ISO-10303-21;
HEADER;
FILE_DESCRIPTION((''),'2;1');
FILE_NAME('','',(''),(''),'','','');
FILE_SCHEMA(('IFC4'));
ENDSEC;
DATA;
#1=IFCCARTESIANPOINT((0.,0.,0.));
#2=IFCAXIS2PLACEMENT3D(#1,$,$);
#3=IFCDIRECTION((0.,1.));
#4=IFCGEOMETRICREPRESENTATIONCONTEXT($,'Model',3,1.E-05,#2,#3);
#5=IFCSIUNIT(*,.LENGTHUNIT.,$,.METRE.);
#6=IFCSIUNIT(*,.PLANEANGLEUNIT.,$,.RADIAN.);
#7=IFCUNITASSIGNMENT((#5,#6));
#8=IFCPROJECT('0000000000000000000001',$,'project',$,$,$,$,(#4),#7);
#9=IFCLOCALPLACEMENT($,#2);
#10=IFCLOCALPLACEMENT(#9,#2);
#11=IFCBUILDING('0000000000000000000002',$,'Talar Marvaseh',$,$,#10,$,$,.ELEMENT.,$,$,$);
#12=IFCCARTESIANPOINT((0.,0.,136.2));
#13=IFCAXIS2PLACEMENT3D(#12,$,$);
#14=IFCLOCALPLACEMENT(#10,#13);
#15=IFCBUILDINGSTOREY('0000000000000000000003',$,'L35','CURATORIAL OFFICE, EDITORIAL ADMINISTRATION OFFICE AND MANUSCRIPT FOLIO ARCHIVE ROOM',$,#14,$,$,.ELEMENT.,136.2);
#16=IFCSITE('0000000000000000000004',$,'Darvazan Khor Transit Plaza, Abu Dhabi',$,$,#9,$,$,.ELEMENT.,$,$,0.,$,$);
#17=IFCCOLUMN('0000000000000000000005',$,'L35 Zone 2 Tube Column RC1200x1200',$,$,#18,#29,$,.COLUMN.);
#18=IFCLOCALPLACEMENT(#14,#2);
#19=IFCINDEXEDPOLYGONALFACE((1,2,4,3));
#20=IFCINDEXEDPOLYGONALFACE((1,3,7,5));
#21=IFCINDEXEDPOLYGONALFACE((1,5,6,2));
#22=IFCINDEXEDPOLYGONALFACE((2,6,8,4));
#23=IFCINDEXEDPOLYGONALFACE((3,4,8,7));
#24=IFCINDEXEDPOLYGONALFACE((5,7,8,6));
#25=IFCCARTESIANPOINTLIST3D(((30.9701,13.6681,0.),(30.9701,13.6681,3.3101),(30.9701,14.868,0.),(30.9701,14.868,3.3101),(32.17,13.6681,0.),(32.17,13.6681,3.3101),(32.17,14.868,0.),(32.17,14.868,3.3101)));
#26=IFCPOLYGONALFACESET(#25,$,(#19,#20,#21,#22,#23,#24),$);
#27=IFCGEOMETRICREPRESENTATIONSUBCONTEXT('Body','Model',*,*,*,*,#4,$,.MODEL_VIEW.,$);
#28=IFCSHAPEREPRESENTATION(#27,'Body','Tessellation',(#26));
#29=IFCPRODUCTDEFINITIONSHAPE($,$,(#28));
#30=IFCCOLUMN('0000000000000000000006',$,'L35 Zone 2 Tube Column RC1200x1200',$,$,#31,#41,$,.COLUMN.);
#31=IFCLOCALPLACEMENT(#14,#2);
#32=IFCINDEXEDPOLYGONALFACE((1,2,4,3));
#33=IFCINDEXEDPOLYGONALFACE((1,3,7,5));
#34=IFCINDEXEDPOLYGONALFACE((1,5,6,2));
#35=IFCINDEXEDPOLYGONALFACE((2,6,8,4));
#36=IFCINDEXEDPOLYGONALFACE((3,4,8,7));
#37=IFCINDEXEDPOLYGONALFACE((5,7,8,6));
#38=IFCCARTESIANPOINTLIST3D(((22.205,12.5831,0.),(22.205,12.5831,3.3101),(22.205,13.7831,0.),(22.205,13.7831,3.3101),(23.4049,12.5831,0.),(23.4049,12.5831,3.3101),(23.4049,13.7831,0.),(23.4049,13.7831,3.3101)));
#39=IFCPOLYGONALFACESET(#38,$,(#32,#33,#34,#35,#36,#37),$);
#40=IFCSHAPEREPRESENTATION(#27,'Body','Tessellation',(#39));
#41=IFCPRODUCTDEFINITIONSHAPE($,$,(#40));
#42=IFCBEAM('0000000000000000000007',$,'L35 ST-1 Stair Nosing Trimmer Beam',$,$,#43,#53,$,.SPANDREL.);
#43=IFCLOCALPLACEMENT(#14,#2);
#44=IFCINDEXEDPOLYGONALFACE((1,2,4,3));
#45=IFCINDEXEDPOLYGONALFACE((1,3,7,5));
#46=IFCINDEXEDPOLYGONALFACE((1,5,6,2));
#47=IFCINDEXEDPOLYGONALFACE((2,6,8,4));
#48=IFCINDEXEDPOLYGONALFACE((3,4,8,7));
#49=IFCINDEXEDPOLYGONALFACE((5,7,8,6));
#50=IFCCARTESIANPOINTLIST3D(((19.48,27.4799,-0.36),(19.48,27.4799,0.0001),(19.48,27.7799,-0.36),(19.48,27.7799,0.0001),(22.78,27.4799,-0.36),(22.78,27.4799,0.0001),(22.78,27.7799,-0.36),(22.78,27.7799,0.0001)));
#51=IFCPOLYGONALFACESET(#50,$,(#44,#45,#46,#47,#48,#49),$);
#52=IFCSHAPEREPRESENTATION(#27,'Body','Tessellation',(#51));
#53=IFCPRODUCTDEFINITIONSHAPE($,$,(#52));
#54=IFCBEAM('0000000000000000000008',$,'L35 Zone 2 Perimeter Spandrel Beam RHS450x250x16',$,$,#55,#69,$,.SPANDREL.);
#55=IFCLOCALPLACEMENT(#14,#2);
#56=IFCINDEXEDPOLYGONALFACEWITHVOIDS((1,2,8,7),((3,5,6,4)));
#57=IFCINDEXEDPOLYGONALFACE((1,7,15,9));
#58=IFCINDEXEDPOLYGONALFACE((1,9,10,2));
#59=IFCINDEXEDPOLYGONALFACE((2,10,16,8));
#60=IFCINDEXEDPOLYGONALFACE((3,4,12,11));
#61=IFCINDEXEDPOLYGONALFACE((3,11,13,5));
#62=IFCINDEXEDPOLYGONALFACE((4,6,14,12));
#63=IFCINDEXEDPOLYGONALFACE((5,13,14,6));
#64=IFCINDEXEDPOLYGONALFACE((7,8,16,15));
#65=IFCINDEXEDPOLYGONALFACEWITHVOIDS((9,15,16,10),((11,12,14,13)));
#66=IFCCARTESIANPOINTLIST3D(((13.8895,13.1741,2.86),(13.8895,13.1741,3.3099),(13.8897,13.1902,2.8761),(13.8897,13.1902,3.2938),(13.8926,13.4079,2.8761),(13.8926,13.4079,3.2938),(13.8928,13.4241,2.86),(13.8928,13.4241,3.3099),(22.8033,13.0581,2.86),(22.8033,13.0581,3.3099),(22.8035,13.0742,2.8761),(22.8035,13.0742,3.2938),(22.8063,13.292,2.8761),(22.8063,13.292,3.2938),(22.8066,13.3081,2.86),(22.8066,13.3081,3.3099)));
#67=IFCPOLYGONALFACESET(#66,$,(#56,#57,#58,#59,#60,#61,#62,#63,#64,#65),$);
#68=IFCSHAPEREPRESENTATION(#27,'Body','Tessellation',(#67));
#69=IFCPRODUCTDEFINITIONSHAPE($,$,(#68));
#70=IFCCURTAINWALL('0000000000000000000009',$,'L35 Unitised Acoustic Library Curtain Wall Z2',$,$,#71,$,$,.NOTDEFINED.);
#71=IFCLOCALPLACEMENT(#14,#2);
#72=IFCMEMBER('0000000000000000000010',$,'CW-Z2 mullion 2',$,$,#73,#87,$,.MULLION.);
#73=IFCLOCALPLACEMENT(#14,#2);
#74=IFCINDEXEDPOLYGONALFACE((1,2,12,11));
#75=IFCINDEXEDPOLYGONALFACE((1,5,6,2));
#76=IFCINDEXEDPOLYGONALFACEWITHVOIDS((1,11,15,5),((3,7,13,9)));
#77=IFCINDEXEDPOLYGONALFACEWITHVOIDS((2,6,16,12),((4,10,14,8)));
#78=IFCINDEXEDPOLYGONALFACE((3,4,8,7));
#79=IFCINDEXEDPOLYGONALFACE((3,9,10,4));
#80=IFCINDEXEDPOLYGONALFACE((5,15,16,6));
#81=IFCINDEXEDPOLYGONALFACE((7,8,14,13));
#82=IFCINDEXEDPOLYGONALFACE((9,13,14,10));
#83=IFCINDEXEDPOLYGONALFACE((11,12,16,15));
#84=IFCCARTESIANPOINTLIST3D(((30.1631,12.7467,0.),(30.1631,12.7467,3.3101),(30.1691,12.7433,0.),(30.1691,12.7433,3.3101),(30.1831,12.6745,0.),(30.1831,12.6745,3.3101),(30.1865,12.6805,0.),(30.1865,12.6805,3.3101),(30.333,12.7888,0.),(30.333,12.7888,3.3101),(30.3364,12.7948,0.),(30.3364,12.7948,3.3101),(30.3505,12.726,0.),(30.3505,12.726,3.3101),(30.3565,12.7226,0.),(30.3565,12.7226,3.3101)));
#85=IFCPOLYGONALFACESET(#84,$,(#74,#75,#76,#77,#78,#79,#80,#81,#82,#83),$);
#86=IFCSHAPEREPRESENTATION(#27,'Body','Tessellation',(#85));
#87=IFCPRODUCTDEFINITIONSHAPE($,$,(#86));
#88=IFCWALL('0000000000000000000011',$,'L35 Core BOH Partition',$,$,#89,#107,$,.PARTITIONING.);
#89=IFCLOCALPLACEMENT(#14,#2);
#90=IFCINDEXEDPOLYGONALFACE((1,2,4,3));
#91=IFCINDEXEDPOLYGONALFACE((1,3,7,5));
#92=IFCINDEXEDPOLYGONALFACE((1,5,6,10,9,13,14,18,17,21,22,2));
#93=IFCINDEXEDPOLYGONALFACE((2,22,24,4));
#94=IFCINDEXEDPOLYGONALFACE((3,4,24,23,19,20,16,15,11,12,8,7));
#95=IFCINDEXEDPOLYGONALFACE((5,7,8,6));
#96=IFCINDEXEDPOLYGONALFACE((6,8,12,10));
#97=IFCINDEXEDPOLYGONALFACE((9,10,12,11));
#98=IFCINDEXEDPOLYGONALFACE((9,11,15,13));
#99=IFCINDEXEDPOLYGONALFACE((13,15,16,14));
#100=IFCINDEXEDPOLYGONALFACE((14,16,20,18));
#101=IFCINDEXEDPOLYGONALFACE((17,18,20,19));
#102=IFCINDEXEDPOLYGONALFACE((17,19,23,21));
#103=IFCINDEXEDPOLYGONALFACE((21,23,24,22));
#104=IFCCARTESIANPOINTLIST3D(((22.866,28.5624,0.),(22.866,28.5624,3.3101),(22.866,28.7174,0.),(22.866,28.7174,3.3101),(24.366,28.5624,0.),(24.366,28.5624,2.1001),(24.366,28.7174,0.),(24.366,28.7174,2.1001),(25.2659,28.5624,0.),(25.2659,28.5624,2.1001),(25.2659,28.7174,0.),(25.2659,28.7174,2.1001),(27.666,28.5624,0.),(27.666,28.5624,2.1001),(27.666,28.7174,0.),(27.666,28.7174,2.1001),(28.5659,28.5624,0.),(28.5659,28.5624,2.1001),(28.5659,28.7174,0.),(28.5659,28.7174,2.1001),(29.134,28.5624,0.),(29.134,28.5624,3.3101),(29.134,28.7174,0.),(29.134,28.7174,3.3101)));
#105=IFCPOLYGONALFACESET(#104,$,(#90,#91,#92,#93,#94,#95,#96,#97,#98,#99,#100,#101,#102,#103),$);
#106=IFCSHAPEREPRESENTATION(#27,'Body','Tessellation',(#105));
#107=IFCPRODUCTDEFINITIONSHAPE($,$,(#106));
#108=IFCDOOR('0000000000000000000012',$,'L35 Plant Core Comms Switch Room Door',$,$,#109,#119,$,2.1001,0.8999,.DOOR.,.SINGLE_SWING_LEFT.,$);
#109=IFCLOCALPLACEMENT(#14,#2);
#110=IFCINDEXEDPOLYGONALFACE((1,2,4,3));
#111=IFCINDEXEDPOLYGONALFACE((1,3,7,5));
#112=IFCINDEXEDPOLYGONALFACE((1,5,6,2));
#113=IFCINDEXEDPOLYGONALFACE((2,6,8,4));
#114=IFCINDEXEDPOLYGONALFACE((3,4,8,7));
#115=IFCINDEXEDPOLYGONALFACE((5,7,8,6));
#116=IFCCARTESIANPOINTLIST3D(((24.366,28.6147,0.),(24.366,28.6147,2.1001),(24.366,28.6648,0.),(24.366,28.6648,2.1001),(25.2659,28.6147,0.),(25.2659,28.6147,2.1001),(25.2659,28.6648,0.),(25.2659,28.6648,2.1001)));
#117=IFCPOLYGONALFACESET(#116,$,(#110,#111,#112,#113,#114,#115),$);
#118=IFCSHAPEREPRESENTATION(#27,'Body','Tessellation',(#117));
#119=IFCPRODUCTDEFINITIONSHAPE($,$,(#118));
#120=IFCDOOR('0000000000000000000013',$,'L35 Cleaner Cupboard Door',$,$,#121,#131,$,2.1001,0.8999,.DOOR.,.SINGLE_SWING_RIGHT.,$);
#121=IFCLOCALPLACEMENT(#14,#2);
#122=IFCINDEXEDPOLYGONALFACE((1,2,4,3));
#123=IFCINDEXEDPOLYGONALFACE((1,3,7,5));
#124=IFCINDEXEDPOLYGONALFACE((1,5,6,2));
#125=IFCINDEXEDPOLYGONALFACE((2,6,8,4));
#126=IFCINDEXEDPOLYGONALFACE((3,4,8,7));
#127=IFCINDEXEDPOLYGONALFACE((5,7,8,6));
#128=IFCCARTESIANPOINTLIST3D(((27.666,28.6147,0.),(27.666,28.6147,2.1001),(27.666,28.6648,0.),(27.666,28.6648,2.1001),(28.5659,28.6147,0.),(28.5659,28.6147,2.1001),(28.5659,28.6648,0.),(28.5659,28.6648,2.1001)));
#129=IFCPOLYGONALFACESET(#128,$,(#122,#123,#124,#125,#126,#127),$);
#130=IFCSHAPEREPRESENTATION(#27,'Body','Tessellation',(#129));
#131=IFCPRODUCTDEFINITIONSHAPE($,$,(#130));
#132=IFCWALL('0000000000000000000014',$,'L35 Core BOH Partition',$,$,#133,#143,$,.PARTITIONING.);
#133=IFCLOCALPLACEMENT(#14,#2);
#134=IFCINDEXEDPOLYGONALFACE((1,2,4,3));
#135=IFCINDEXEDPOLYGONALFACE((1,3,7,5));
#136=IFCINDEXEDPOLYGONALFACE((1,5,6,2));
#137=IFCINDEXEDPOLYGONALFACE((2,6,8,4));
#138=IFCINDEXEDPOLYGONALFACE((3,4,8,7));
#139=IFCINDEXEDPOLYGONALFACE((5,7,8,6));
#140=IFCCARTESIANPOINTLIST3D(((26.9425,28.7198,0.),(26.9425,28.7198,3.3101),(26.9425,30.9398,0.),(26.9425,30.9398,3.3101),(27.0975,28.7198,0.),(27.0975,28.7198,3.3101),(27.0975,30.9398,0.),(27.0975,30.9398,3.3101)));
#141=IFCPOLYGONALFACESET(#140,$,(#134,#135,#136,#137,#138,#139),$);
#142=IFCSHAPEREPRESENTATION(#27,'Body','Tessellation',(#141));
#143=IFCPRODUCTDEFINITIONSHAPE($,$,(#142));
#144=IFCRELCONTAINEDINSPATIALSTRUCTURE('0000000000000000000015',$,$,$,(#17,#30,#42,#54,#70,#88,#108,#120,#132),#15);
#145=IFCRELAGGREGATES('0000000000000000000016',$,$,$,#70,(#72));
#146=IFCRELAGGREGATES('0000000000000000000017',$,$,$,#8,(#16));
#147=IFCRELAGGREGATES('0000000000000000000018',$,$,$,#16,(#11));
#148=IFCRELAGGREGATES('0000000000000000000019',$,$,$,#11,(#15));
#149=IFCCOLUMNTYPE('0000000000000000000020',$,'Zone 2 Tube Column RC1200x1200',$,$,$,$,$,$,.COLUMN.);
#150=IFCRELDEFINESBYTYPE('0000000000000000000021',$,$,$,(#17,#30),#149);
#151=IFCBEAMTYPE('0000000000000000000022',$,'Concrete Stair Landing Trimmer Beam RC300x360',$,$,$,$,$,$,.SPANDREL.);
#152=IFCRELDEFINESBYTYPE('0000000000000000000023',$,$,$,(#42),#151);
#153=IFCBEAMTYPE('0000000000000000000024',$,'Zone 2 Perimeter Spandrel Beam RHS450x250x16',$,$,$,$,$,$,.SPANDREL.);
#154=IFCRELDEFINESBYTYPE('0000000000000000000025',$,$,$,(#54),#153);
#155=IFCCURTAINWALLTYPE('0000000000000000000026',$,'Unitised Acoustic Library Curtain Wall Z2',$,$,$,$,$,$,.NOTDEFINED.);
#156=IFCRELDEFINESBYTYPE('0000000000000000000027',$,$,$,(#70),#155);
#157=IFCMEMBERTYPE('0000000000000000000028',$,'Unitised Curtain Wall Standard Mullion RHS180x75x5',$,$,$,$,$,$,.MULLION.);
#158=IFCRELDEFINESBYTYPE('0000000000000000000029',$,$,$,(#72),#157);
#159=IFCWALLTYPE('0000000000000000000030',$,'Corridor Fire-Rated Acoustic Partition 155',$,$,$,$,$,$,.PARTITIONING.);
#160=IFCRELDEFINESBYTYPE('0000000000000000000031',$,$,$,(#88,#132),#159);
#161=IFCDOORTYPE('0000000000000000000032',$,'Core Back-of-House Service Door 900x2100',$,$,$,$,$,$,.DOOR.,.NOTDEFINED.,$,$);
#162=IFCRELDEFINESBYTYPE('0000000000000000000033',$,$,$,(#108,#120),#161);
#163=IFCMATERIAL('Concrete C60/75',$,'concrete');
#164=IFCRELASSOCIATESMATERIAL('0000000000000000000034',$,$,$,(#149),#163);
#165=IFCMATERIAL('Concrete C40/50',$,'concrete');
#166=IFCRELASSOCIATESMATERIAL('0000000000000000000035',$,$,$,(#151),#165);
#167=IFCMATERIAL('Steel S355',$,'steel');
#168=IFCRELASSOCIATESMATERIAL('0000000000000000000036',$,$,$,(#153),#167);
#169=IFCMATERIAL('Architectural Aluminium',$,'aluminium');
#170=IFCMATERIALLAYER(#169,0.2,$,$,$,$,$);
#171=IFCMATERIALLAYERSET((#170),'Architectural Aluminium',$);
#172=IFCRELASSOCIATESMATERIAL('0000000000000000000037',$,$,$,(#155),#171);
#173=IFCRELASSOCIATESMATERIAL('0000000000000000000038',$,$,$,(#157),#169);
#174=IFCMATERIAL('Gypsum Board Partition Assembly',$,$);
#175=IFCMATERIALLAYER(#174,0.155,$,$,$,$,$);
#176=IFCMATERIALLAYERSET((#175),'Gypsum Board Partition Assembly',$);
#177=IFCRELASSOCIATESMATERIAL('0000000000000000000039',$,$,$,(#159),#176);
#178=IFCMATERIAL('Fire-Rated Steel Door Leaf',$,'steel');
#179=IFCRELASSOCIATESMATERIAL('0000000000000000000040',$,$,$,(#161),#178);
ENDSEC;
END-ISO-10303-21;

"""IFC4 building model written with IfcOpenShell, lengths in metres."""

from ifc_helpers import new_model, si_unit, direction, frame, frame_2d, origin, origin_2d, place, context, subcontext, project, spatial, rectangle, hollow_rectangle, extrude, source, transform, mapped, material, layer, layer_set, material_profile, profile_set, type_object, type_shapes, element, fill, aggregate, save


model = new_model("IFC4")

# Units and contexts
model_context = context("Model", 3, precision=1e-05, world=origin(), true_north=direction((0.0, 1.0)))
body_context = subcontext(model_context, "Body", "Model", "MODEL_VIEW")
ifc_project = project(units=[si_unit("LENGTHUNIT", "METRE"), si_unit("PLANEANGLEUNIT", "RADIAN")], contexts=[model_context])

# Site, building, storey
site_placement = place(None, origin())
site = spatial("IfcSite", under=ifc_project, at=site_placement, Name="Darvazan Khor Transit Plaza, Abu Dhabi", CompositionType="ELEMENT", RefElevation=0.0)
building_placement = place(site_placement, origin())
building = spatial("IfcBuilding", under=site, at=building_placement, Name="Talar Marvaseh", CompositionType="ELEMENT")
storey_placement = place(building_placement, frame((0.0, 0.0, 136.2)))
storey = spatial("IfcBuildingStorey", under=building, at=storey_placement, Name="L35", Description="CURATORIAL OFFICE, EDITORIAL ADMINISTRATION OFFICE AND MANUSCRIPT FOLIO ARCHIVE ROOM", CompositionType="ELEMENT", Elevation=136.2)

# Columns
ifc_material_1 = material(Name="Concrete C60/75", Category="concrete")
ifc_material_profile_1 = material_profile(ifc_material_1, rectangle(XDim=1.2, YDim=1.2, at=origin_2d()), Name="RC1200x1200")
ifc_profile_set_1 = profile_set([ifc_material_profile_1], Name="Concrete C60/75")
column_type = type_object("IfcColumnType", Name="Zone 2 Tube Column RC1200x1200", PredefinedType="COLUMN", material=ifc_profile_set_1)
for number, where, z_axis, x_axis, name in (
    (1, (31.5701, 14.2681, 0.0), (0.0, 0.0, 1.0), (1.0, 0.0, 0.0), "L35 Zone 2 Tube Column RC1200x1200"),
    (2, (22.8049, 13.1831, 0.0), (0.0, 0.0, 1.0), (1.0, 0.0, 0.0), "L35 Zone 2 Tube Column RC1200x1200"),
):
    element("IfcColumn", number, at=place(storey_placement, frame(where, z_axis=z_axis, x_axis=x_axis)), inside=storey, type_object=column_type, Name=name, PredefinedType="COLUMN", context=body_context, shape_type="SweptSolid", body=[
        extrude(rectangle(XDim=1.2, YDim=1.2, at=origin_2d()), origin(), (0.0, 0.0, 1.0), 3.3101),
    ])

# Beams
ifc_material_2 = material(Name="Concrete C40/50", Category="concrete")
ifc_material_profile_2 = material_profile(ifc_material_2, rectangle(XDim=0.3, YDim=0.3601, at=origin_2d()), Name="RC300x360")
ifc_profile_set_2 = profile_set([ifc_material_profile_2], Name="Concrete C40/50")
beam_type_1 = type_object("IfcBeamType", Name="Concrete Stair Landing Trimmer Beam RC300x360", PredefinedType="SPANDREL", material=ifc_profile_set_2)
beam_1_placement = place(storey_placement, frame((22.78, 27.6299, -0.1799), z_axis=(-1.0, 0.0, 0.0), x_axis=(0.0, -1.0, 0.0)))
element("IfcBeam", 3, at=beam_1_placement, inside=storey, type_object=beam_type_1, Name="L35 ST-1 Stair Nosing Trimmer Beam", PredefinedType="SPANDREL", context=body_context, shape_type="SweptSolid", body=[
    extrude(rectangle(XDim=0.3, YDim=0.3601, at=origin_2d()), origin(), (0.0, 0.0, 1.0), 3.3),
])
ifc_material_3 = material(Name="Steel S355", Category="steel")
ifc_material_profile_3 = material_profile(ifc_material_3, hollow_rectangle(XDim=0.25, YDim=0.45, WallThickness=0.0161, at=origin_2d()), Name="RHS450x250x16")
ifc_profile_set_3 = profile_set([ifc_material_profile_3], Name="Steel S355")
beam_type_2 = type_object("IfcBeamType", Name="Zone 2 Perimeter Spandrel Beam RHS450x250x16", PredefinedType="SPANDREL", material=ifc_profile_set_3)
beam_2_placement = place(storey_placement, frame((22.8049, 13.1831, 3.085), z_axis=(-0.999915, 0.013009, 0.0), x_axis=(-0.013009, -0.999915, 0.0)))
element("IfcBeam", 4, at=beam_2_placement, inside=storey, type_object=beam_type_2, Name="L35 Zone 2 Perimeter Spandrel Beam RHS450x250x16", PredefinedType="SPANDREL", context=body_context, shape_type="SweptSolid", body=[
    extrude(hollow_rectangle(XDim=0.25, YDim=0.45, WallThickness=0.0161, at=origin_2d()), origin(), (0.0, 0.0, 1.0), 8.9146),
])

# Curtain wall, member
ifc_material_4 = material(Name="Architectural Aluminium", Category="aluminium")
ifc_layer_1 = layer(ifc_material_4, 0.2)
ifc_layer_set_1 = layer_set([ifc_layer_1], Name="Architectural Aluminium")
curtain_wall_type = type_object("IfcCurtainWallType", Name="Unitised Acoustic Library Curtain Wall Z2", PredefinedType="NOTDEFINED", material=ifc_layer_set_1)
curtain_wall_placement = place(storey_placement, origin())
curtain_wall = element("IfcCurtainWall", 5, at=curtain_wall_placement, inside=storey, type_object=curtain_wall_type, Name="L35 Unitised Acoustic Library Curtain Wall Z2", PredefinedType="NOTDEFINED")
ifc_material_profile_4 = material_profile(ifc_material_4, hollow_rectangle(XDim=0.075, YDim=0.1799, WallThickness=0.0049, at=origin_2d()), Name="RHS180x75x5")
ifc_profile_set_4 = profile_set([ifc_material_profile_4], Name="Architectural Aluminium")
member_type = type_object("IfcMemberType", Name="Unitised Curtain Wall Standard Mullion RHS180x75x5", PredefinedType="MULLION", material=ifc_profile_set_4)
shared_shape_1 = source(origin(), body_context, "Body", "SweptSolid", [
    extrude(hollow_rectangle(XDim=0.075, YDim=0.1799, WallThickness=0.0049, at=origin_2d()), origin(), (0.0, 0.0, 1.0), 3.3101),
])
type_shapes(member_type, [shared_shape_1])
member_placement = place(storey_placement, frame((30.2598, 12.7346, 0.0), z_axis=(0.0, 0.0, 1.0), x_axis=(0.267388, -0.963589, 0.0)))
member = element("IfcMember", 6, at=member_placement, type_object=member_type, Name="CW-Z2 mullion 2", PredefinedType="MULLION", context=body_context, shape_type="MappedRepresentation", body=[
    mapped(shared_shape_1, transform((0.0, 0.0, 0.0), x_axis=(1.0, 0.0, 0.0), y_axis=(0.0, 1.0, 0.0), z_axis=(0.0, 0.0, 1.0), scale=1.0)),
])
aggregate(curtain_wall, [member])

# Wall, openings, doors
ifc_material_5 = material(Name="Gypsum Board Partition Assembly")
ifc_layer_2 = layer(ifc_material_5, 0.155)
ifc_layer_set_2 = layer_set([ifc_layer_2], Name="Gypsum Board Partition Assembly")
wall_type_1 = type_object("IfcWallType", Name="Corridor Fire-Rated Acoustic Partition 155", PredefinedType="PARTITIONING", material=ifc_layer_set_2)
wall_1_placement = place(storey_placement, frame((22.866, 28.6399, 0.0), z_axis=(0.0, 0.0, 1.0), x_axis=(1.0, 0.0, 0.0)))
wall_1 = element("IfcWall", 7, at=wall_1_placement, inside=storey, type_object=wall_type_1, Name="L35 Core BOH Partition", PredefinedType="PARTITIONING", context=body_context, shape_type="SweptSolid", body=[
    extrude(rectangle(XDim=6.2681, YDim=0.155, at=frame_2d((3.134, 0.0))), origin(), (0.0, 0.0, 1.0), 3.3101),
])
opening_1_placement = place(wall_1_placement, frame((1.5, 0.0, 0.0)))
opening_1 = element("IfcOpeningElement", 8, at=opening_1_placement, cuts=wall_1, PredefinedType="OPENING", context=body_context, shape_type="SweptSolid", body=[
    extrude(rectangle(XDim=0.8999, YDim=2.1001, at=frame_2d((0.45, 1.05))), frame((0.0, 0.0874, 0.0), z_axis=(0.0, -1.0, 0.0), x_axis=(1.0, 0.0, 0.0)), (0.0, 0.0, 1.0), 0.175),
])
opening_2_placement = place(wall_1_placement, frame((4.8, 0.0, 0.0)))
opening_2 = element("IfcOpeningElement", 9, at=opening_2_placement, cuts=wall_1, PredefinedType="OPENING", context=body_context, shape_type="SweptSolid", body=[
    extrude(rectangle(XDim=0.8999, YDim=2.1001, at=frame_2d((0.45, 1.05))), frame((0.0, 0.0874, 0.0), z_axis=(0.0, -1.0, 0.0), x_axis=(1.0, 0.0, 0.0)), (0.0, 0.0, 1.0), 0.175),
])
ifc_material_6 = material(Name="Fire-Rated Steel Door Leaf", Category="steel")
door_type_1 = type_object("IfcDoorType", Name="Core Back-of-House Service Door 900x2100", OperationType="NOTDEFINED", PredefinedType="DOOR", material=ifc_material_6)
shared_shape_2 = source(origin(), body_context, "Body", "SweptSolid", [
    extrude(rectangle(XDim=0.8999, YDim=2.1001, at=frame_2d((0.45, 1.05))), frame((0.0, 0.0249, 0.0), z_axis=(0.0, -1.0, 0.0), x_axis=(1.0, 0.0, 0.0)), (0.0, 0.0, 1.0), 0.05),
])
type_shapes(door_type_1, [shared_shape_2])
door_1_placement = place(opening_1_placement, origin())
door_1 = element("IfcDoor", 10, at=door_1_placement, inside=storey, type_object=door_type_1, Name="L35 Plant Core Comms Switch Room Door", OperationType="SINGLE_SWING_LEFT", OverallHeight=2.1001, OverallWidth=0.8999, PredefinedType="DOOR", context=body_context, shape_type="MappedRepresentation", body=[
    mapped(shared_shape_2, transform((0.0, 0.0, 0.0), x_axis=(1.0, 0.0, 0.0), y_axis=(0.0, 1.0, 0.0), z_axis=(0.0, 0.0, 1.0), scale=1.0)),
])
fill(opening_1, door_1)
door_2_placement = place(opening_2_placement, origin())
door_2 = element("IfcDoor", 11, at=door_2_placement, inside=storey, type_object=door_type_1, Name="L35 Cleaner Cupboard Door", OperationType="SINGLE_SWING_RIGHT", OverallHeight=2.1001, OverallWidth=0.8999, PredefinedType="DOOR", context=body_context, shape_type="MappedRepresentation", body=[
    mapped(shared_shape_2, transform((0.0, 0.0, 0.0), x_axis=(1.0, 0.0, 0.0), y_axis=(0.0, 1.0, 0.0), z_axis=(0.0, 0.0, 1.0), scale=1.0)),
])
fill(opening_2, door_2)

# Wall
wall_2_placement = place(storey_placement, frame((27.02, 28.72, 0.0), z_axis=(0.0, 0.0, 1.0), x_axis=(0.0, 1.0, 0.0)))
element("IfcWall", 12, at=wall_2_placement, inside=storey, type_object=wall_type_1, Name="L35 Core BOH Partition", PredefinedType="PARTITIONING", context=body_context, shape_type="SweptSolid", body=[
    extrude(rectangle(XDim=2.22, YDim=0.155, at=frame_2d((1.1099, 0.0))), origin(), (0.0, 0.0, 1.0), 3.3101),
])

save(model, "model.ifc")
